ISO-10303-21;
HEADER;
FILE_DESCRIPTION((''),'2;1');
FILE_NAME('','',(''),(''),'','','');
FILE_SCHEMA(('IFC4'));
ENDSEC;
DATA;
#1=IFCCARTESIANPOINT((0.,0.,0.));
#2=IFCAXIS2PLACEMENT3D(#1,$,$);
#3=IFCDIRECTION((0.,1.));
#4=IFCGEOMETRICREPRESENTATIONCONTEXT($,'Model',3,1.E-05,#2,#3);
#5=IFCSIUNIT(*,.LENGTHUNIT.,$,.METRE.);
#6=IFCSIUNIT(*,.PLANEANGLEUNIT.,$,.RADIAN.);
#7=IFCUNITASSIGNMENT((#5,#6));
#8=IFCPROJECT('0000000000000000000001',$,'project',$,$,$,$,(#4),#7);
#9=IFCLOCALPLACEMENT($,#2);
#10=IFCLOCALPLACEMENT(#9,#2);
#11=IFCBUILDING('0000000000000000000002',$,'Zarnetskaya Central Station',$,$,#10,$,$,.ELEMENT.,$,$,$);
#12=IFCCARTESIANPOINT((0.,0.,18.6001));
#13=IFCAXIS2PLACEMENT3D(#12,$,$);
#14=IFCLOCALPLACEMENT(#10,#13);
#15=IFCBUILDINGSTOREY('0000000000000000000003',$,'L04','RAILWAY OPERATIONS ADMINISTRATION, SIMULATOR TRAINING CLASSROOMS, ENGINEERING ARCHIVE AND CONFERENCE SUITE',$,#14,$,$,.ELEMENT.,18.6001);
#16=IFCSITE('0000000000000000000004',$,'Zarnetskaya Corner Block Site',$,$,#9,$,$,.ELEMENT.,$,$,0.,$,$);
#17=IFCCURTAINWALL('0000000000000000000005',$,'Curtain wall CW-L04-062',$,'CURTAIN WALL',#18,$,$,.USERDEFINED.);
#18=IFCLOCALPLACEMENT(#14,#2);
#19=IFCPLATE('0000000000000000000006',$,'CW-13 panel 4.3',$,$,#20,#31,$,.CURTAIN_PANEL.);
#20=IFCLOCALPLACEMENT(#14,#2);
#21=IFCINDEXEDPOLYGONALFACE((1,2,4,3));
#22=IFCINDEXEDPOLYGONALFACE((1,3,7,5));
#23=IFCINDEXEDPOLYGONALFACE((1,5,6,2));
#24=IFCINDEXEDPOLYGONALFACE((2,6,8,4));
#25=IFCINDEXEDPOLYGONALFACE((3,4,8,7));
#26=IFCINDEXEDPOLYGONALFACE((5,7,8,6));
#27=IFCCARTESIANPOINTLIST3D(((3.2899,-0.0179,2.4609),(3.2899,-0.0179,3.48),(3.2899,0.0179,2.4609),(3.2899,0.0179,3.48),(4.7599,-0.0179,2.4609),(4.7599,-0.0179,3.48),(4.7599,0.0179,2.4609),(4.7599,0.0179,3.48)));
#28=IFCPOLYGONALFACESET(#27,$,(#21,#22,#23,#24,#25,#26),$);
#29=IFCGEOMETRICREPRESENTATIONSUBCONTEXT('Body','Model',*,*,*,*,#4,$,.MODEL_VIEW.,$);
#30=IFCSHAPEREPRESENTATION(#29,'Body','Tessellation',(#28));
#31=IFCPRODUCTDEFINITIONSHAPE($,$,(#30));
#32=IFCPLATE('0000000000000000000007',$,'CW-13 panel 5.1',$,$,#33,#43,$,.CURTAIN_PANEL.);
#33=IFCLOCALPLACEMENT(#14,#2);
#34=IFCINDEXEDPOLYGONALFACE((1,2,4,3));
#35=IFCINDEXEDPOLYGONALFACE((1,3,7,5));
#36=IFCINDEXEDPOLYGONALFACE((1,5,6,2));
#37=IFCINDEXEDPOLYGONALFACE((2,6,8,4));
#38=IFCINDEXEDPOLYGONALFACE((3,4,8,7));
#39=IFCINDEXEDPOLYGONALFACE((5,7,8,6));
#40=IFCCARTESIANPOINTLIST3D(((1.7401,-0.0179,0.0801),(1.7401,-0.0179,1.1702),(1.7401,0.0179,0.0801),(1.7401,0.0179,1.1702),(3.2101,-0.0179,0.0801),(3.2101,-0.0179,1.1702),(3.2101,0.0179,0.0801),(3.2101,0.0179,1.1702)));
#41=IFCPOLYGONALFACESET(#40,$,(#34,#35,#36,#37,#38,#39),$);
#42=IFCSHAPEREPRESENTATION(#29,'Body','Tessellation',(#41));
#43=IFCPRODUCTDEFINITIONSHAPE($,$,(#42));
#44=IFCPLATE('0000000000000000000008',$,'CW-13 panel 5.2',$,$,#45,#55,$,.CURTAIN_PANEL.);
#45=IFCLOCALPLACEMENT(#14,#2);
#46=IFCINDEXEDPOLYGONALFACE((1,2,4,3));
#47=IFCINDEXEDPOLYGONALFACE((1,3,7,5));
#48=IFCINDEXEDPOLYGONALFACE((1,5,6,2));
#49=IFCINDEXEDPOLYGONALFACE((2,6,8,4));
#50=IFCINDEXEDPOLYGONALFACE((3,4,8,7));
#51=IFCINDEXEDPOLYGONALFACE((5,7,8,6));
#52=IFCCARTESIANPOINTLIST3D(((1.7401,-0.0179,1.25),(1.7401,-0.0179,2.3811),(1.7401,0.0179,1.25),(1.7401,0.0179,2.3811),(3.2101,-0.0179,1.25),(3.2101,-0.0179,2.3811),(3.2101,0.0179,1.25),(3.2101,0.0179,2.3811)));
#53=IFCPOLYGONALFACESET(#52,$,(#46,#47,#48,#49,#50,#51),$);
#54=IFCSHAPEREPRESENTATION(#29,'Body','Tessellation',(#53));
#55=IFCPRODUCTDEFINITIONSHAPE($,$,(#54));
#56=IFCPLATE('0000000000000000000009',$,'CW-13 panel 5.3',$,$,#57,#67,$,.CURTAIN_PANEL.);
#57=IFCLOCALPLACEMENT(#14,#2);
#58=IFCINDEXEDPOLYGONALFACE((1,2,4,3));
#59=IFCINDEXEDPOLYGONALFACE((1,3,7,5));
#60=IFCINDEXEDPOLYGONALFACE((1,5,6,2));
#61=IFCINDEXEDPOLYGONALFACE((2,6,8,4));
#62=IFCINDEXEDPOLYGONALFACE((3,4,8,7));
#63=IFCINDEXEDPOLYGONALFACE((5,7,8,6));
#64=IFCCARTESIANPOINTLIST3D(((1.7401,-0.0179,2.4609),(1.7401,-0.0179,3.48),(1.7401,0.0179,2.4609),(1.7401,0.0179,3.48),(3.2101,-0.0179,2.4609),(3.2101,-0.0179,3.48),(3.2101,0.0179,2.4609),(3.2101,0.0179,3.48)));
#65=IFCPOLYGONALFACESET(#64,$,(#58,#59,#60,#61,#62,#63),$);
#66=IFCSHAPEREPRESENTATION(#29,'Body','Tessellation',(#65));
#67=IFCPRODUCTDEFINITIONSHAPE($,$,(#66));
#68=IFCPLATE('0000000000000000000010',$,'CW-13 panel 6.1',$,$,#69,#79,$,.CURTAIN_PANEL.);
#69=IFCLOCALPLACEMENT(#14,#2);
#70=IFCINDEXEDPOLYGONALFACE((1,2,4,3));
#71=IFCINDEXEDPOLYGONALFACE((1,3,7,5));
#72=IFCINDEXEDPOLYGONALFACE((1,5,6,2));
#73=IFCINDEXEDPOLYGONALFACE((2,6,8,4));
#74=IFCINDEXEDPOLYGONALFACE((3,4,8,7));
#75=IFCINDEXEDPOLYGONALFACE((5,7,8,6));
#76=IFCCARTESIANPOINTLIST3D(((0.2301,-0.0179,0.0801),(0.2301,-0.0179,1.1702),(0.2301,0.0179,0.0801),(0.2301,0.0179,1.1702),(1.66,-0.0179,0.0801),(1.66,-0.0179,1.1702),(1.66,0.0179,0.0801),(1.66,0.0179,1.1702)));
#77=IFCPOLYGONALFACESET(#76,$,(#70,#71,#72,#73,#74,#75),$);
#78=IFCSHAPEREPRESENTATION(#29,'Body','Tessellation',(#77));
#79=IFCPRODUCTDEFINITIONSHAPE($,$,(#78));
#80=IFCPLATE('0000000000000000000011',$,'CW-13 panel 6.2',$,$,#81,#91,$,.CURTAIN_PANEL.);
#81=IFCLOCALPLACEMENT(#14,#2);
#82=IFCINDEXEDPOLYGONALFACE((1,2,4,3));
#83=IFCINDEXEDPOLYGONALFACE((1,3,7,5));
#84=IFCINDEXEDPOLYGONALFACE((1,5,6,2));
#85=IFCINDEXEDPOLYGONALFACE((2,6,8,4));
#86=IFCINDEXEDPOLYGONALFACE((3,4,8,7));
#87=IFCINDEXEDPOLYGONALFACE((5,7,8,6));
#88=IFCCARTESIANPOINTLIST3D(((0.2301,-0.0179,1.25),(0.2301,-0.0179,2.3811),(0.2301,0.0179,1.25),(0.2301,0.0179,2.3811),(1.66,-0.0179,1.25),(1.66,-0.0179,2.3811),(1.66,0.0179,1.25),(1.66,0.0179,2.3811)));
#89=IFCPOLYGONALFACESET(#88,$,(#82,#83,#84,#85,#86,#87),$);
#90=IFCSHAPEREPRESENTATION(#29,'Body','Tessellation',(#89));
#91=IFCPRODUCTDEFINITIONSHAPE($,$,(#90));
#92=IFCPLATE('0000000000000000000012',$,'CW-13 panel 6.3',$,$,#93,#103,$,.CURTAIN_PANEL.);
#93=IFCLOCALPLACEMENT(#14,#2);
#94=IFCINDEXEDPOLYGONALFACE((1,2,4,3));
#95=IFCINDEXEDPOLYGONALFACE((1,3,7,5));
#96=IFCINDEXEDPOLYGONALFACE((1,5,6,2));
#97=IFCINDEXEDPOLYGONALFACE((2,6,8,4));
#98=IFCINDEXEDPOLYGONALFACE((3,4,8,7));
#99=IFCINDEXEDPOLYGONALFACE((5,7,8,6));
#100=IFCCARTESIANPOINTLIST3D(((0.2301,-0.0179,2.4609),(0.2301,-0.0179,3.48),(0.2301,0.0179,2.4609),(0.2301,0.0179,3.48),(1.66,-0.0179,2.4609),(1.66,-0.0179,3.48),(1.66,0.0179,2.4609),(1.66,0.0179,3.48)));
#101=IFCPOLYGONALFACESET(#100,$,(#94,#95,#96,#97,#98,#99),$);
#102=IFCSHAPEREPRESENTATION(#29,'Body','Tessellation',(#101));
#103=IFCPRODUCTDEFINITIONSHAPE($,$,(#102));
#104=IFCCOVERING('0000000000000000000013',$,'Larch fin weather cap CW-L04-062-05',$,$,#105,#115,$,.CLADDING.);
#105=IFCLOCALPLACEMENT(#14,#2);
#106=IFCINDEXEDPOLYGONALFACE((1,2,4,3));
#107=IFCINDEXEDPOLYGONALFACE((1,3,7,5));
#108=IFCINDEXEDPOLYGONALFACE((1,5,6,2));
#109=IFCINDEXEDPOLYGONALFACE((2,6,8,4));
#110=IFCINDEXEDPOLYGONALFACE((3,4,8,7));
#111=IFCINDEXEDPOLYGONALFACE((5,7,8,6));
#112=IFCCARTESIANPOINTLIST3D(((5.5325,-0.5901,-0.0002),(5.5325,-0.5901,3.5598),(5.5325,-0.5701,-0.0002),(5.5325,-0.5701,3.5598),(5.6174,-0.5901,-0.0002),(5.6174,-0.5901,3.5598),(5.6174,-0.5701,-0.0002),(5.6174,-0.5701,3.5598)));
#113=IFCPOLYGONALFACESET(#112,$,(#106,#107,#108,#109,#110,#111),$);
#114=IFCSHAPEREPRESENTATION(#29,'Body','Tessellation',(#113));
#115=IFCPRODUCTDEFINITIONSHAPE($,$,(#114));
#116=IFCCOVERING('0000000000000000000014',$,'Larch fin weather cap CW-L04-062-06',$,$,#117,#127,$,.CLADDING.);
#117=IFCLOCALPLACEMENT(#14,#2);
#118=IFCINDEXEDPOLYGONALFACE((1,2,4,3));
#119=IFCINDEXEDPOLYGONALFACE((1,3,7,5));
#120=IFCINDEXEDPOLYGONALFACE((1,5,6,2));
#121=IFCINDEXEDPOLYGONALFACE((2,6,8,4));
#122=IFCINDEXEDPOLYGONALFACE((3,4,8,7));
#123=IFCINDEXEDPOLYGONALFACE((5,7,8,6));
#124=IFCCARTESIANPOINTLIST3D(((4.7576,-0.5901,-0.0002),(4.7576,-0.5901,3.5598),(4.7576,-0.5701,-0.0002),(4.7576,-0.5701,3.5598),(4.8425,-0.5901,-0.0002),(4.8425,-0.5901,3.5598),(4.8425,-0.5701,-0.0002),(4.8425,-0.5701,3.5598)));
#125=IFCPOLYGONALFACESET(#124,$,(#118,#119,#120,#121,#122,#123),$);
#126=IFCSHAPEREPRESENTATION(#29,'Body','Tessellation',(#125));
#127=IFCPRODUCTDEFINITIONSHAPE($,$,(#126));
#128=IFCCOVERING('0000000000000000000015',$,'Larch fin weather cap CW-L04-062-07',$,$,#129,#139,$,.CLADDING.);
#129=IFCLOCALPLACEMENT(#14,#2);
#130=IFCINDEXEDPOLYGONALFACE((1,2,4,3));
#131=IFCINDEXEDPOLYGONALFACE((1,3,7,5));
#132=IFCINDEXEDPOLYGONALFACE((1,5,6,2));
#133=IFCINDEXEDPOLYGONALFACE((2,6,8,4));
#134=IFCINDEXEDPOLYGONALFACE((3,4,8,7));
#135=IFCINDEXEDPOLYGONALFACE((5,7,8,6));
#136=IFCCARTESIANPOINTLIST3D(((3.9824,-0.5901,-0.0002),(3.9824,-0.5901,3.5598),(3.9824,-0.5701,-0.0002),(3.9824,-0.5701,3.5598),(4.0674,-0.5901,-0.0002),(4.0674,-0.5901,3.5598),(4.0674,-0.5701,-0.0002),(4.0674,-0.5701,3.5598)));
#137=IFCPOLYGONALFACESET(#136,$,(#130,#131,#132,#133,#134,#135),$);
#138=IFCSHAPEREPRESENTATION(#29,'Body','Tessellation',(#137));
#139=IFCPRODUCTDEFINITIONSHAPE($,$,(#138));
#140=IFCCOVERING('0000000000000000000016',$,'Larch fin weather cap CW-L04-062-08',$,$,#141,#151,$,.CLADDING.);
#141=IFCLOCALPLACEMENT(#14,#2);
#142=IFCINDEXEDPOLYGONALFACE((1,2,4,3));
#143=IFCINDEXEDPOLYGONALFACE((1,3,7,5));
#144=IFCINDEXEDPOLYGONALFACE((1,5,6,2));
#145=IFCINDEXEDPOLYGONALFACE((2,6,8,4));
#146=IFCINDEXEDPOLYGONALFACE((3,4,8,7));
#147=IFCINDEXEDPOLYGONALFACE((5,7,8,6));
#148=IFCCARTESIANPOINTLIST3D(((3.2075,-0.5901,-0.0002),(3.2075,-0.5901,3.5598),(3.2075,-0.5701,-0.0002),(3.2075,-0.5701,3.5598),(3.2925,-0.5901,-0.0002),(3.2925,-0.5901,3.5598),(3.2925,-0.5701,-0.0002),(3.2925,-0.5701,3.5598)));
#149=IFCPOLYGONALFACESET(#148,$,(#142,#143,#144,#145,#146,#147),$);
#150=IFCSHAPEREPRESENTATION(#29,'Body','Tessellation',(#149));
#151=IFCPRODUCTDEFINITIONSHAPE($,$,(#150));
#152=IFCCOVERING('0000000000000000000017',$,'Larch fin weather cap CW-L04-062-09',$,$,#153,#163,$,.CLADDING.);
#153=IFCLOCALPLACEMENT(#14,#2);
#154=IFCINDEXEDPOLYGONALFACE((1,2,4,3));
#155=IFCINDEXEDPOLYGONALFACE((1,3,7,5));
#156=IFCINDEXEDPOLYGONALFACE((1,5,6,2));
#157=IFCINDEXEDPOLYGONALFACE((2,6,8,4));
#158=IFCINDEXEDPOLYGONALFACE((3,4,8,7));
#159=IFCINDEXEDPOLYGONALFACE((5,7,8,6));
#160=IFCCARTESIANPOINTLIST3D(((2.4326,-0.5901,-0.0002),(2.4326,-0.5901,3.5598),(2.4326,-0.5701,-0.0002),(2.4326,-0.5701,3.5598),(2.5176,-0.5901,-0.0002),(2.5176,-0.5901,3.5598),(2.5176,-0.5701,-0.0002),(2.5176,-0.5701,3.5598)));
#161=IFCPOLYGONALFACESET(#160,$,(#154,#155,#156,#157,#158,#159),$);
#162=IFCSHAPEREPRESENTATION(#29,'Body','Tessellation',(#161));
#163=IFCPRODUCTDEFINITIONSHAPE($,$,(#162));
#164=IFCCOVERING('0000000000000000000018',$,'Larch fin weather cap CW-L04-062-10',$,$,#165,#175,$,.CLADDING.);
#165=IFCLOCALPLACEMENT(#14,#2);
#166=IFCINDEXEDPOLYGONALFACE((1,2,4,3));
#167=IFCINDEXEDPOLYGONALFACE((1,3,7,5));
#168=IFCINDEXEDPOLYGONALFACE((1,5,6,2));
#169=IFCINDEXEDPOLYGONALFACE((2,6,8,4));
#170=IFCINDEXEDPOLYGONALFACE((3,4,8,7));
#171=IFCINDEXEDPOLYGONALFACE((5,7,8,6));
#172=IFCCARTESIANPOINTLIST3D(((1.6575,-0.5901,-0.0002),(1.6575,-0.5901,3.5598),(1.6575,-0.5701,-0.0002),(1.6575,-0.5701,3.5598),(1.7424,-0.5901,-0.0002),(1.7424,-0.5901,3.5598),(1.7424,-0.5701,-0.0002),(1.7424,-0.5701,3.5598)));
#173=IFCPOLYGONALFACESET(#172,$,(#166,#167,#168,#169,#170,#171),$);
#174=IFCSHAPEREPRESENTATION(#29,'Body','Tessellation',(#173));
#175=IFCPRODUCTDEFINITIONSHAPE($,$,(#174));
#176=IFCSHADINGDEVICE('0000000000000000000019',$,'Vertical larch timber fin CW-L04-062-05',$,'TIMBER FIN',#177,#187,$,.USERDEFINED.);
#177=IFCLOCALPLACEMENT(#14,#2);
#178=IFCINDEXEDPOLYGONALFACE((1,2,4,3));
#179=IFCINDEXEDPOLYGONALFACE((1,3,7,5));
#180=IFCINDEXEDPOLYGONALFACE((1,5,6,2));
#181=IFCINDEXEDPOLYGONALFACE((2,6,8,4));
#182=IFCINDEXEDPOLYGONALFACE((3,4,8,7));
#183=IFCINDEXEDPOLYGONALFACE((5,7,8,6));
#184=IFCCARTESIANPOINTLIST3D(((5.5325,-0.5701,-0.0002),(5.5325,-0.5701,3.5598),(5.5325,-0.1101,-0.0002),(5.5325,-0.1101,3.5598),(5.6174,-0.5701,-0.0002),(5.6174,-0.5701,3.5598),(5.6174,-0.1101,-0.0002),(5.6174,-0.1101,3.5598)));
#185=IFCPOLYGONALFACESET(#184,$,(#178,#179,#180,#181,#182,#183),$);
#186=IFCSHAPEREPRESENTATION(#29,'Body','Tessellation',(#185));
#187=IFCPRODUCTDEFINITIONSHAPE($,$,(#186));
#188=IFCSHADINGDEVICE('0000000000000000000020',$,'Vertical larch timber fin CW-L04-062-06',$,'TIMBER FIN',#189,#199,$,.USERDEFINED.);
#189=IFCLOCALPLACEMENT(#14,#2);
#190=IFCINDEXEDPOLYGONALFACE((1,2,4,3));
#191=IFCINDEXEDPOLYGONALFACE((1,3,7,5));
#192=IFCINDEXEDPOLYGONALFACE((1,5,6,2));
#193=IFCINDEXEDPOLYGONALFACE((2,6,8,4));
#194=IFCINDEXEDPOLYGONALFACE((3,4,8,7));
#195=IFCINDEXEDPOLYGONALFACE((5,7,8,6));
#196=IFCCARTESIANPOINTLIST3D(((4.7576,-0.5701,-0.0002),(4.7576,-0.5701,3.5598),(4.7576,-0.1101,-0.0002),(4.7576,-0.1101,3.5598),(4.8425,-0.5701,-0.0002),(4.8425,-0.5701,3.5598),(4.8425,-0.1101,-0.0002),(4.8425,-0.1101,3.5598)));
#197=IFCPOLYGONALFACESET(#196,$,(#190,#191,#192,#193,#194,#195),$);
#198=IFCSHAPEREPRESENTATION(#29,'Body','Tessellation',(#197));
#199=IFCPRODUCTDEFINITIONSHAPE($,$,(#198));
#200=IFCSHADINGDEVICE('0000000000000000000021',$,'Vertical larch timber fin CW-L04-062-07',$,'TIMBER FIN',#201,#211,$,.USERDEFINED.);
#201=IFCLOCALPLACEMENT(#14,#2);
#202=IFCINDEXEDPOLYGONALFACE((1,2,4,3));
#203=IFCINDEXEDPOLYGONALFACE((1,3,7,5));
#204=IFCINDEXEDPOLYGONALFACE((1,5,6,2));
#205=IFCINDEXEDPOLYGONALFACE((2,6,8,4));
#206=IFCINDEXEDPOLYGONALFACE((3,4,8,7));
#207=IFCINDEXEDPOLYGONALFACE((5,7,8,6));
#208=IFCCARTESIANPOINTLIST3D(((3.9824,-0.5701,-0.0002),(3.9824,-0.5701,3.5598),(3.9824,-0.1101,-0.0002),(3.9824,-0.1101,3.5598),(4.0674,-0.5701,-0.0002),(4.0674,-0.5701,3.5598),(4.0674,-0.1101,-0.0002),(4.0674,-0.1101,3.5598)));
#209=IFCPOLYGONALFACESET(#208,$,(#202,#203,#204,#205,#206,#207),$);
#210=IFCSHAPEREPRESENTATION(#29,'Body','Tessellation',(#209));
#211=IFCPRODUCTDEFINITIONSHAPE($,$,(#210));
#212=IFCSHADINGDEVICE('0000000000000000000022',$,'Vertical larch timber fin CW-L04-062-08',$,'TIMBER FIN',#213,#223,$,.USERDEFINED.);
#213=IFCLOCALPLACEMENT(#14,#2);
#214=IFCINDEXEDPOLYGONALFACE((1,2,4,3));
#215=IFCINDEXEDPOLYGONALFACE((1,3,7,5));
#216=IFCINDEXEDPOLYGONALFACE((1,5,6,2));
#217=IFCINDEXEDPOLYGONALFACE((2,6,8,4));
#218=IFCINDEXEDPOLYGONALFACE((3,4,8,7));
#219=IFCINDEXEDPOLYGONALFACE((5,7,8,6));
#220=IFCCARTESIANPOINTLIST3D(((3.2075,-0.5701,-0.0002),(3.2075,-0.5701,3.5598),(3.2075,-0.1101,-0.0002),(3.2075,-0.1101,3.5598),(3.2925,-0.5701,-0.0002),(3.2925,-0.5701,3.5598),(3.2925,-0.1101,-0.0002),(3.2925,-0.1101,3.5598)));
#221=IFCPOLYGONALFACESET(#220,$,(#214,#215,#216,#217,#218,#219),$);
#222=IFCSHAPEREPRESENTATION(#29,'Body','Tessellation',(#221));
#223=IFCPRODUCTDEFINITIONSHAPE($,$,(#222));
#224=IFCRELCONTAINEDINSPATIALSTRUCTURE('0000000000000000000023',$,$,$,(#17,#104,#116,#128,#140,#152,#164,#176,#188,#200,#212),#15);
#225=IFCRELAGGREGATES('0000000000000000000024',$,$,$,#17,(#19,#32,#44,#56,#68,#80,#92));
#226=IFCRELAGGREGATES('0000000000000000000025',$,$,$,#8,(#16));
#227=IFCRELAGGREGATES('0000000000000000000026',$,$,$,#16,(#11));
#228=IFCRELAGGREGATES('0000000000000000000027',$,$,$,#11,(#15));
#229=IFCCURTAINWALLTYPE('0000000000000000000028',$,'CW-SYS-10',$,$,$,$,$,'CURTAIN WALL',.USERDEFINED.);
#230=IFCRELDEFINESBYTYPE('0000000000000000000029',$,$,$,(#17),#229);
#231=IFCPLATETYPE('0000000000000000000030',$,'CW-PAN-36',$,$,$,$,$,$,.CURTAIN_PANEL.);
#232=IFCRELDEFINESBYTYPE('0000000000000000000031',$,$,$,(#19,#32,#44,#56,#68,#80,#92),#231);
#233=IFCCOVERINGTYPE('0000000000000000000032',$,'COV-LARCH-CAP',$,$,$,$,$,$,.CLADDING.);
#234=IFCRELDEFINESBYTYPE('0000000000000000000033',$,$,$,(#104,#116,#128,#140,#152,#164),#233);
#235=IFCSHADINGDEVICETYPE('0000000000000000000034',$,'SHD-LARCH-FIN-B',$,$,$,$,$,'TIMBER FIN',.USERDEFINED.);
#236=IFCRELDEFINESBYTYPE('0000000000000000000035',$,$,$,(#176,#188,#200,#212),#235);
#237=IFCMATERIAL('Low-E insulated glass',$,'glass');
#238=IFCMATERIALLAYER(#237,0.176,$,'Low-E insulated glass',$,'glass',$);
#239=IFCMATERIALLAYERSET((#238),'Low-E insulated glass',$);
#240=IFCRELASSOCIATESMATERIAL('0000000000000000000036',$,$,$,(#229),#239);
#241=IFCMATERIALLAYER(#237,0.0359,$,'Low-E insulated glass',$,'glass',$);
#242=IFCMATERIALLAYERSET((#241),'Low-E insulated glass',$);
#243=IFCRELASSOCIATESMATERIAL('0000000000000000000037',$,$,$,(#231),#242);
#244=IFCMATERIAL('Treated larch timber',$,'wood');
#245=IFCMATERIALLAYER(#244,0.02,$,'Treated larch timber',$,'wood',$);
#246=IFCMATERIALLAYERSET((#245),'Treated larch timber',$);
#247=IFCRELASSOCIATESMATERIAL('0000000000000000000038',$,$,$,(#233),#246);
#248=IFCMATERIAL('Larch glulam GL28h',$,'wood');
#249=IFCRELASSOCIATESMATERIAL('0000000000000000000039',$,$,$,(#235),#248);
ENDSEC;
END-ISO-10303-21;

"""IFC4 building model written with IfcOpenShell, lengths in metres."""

from ifc_helpers import new_model, si_unit, direction, frame, origin, origin_2d, place, context, subcontext, project, spatial, rectangle, extrude, material, layer, layer_set, type_object, element, aggregate, save


model = new_model("IFC4")

# Units and contexts
model_context = context("Model", 3, precision=1e-05, world=origin(), true_north=direction((0.0, 1.0)))
body_context = subcontext(model_context, "Body", "Model", "MODEL_VIEW")
ifc_project = project(units=[si_unit("LENGTHUNIT", "METRE"), si_unit("PLANEANGLEUNIT", "RADIAN")], contexts=[model_context])

# Site, building, storey
site_placement = place(None, origin())
site = spatial("IfcSite", under=ifc_project, at=site_placement, Name="Zarnetskaya Corner Block Site", CompositionType="ELEMENT", RefElevation=0.0)
building_placement = place(site_placement, origin())
building = spatial("IfcBuilding", under=site, at=building_placement, Name="Zarnetskaya Central Station", CompositionType="ELEMENT")
storey_placement = place(building_placement, frame((0.0, 0.0, 18.6001)))
storey = spatial("IfcBuildingStorey", under=building, at=storey_placement, Name="L04", Description="RAILWAY OPERATIONS ADMINISTRATION, SIMULATOR TRAINING CLASSROOMS, ENGINEERING ARCHIVE AND CONFERENCE SUITE", CompositionType="ELEMENT", Elevation=18.6001)

# Curtain wall, plates
ifc_material_1 = material(Name="Low-E insulated glass", Category="glass")
ifc_layer_1 = layer(ifc_material_1, 0.176, Name="Low-E insulated glass", Category="glass")
ifc_layer_set_1 = layer_set([ifc_layer_1], Name="Low-E insulated glass")
curtain_wall_type = type_object("IfcCurtainWallType", Name="CW-SYS-10", ElementType="CURTAIN WALL", PredefinedType="USERDEFINED", material=ifc_layer_set_1)
curtain_wall_placement = place(storey_placement, origin())
curtain_wall = element("IfcCurtainWall", 1, at=curtain_wall_placement, inside=storey, type_object=curtain_wall_type, Name="Curtain wall CW-L04-062", ObjectType="CURTAIN WALL", PredefinedType="USERDEFINED")
ifc_layer_2 = layer(ifc_material_1, 0.0359, Name="Low-E insulated glass", Category="glass")
ifc_layer_set_2 = layer_set([ifc_layer_2], Name="Low-E insulated glass")
plate_type = type_object("IfcPlateType", Name="CW-PAN-36", PredefinedType="CURTAIN_PANEL", material=ifc_layer_set_2)
plate_1_placement = place(storey_placement, frame((4.0249, 0.0, 2.4609), z_axis=(0.0, 0.0, 1.0), x_axis=(-1.0, 0.0, 0.0)))
plate_1 = element("IfcPlate", 2, at=plate_1_placement, type_object=plate_type, Name="CW-13 panel 4.3", PredefinedType="CURTAIN_PANEL", context=body_context, shape_type="SweptSolid", body=[
    extrude(rectangle(XDim=1.47, YDim=0.0359, at=origin_2d()), origin(), (0.0, 0.0, 1.0), 1.019),
])
plate_2_placement = place(storey_placement, frame((2.4751, 0.0, 0.0801), z_axis=(0.0, 0.0, 1.0), x_axis=(-1.0, 0.0, 0.0)))
plate_2 = element("IfcPlate", 3, at=plate_2_placement, type_object=plate_type, Name="CW-13 panel 5.1", PredefinedType="CURTAIN_PANEL", context=body_context, shape_type="SweptSolid", body=[
    extrude(rectangle(XDim=1.47, YDim=0.0359, at=origin_2d()), origin(), (0.0, 0.0, 1.0), 1.0901),
])
plate_3_placement = place(storey_placement, frame((2.4751, 0.0, 1.25), z_axis=(0.0, 0.0, 1.0), x_axis=(-1.0, 0.0, 0.0)))
plate_3 = element("IfcPlate", 4, at=plate_3_placement, type_object=plate_type, Name="CW-13 panel 5.2", PredefinedType="CURTAIN_PANEL", context=body_context, shape_type="SweptSolid", body=[
    extrude(rectangle(XDim=1.47, YDim=0.0359, at=origin_2d()), origin(), (0.0, 0.0, 1.0), 1.1311),
])
plate_4_placement = place(storey_placement, frame((2.4751, 0.0, 2.4609), z_axis=(0.0, 0.0, 1.0), x_axis=(-1.0, 0.0, 0.0)))
plate_4 = element("IfcPlate", 5, at=plate_4_placement, type_object=plate_type, Name="CW-13 panel 5.3", PredefinedType="CURTAIN_PANEL", context=body_context, shape_type="SweptSolid", body=[
    extrude(rectangle(XDim=1.47, YDim=0.0359, at=origin_2d()), origin(), (0.0, 0.0, 1.0), 1.019),
])
plate_5_placement = place(storey_placement, frame((0.9451, 0.0, 0.0801), z_axis=(0.0, 0.0, 1.0), x_axis=(-1.0, 0.0, 0.0)))
plate_5 = element("IfcPlate", 6, at=plate_5_placement, type_object=plate_type, Name="CW-13 panel 6.1", PredefinedType="CURTAIN_PANEL", context=body_context, shape_type="SweptSolid", body=[
    extrude(rectangle(XDim=1.4299, YDim=0.0359, at=origin_2d()), origin(), (0.0, 0.0, 1.0), 1.0901),
])
plate_6_placement = place(storey_placement, frame((0.9451, 0.0, 1.25), z_axis=(0.0, 0.0, 1.0), x_axis=(-1.0, 0.0, 0.0)))
plate_6 = element("IfcPlate", 7, at=plate_6_placement, type_object=plate_type, Name="CW-13 panel 6.2", PredefinedType="CURTAIN_PANEL", context=body_context, shape_type="SweptSolid", body=[
    extrude(rectangle(XDim=1.4299, YDim=0.0359, at=origin_2d()), origin(), (0.0, 0.0, 1.0), 1.1311),
])
plate_7_placement = place(storey_placement, frame((0.9451, 0.0, 2.4609), z_axis=(0.0, 0.0, 1.0), x_axis=(-1.0, 0.0, 0.0)))
plate_7 = element("IfcPlate", 8, at=plate_7_placement, type_object=plate_type, Name="CW-13 panel 6.3", PredefinedType="CURTAIN_PANEL", context=body_context, shape_type="SweptSolid", body=[
    extrude(rectangle(XDim=1.4299, YDim=0.0359, at=origin_2d()), origin(), (0.0, 0.0, 1.0), 1.019),
])
aggregate(curtain_wall, [plate_1, plate_2, plate_3, plate_4, plate_5, plate_6, plate_7])

# Coverings
ifc_material_2 = material(Name="Treated larch timber", Category="wood")
ifc_layer_3 = layer(ifc_material_2, 0.02, Name="Treated larch timber", Category="wood")
ifc_layer_set_3 = layer_set([ifc_layer_3], Name="Treated larch timber")
covering_type = type_object("IfcCoveringType", Name="COV-LARCH-CAP", PredefinedType="CLADDING", material=ifc_layer_set_3)
for number, where, z_axis, x_axis, name in (
    (9, (5.575, -0.5801, -0.0002), (0.0, 0.0, 1.0), (-1.0, 0.0, 0.0), "Larch fin weather cap CW-L04-062-05"),
    (10, (4.8, -0.5801, -0.0002), (0.0, 0.0, 1.0), (-1.0, 0.0, 0.0), "Larch fin weather cap CW-L04-062-06"),
    (11, (4.0249, -0.5801, -0.0002), (0.0, 0.0, 1.0), (-1.0, 0.0, 0.0), "Larch fin weather cap CW-L04-062-07"),
    (12, (3.25, -0.5801, -0.0002), (0.0, 0.0, 1.0), (-1.0, 0.0, 0.0), "Larch fin weather cap CW-L04-062-08"),
    (13, (2.4751, -0.5801, -0.0002), (0.0, 0.0, 1.0), (-1.0, 0.0, 0.0), "Larch fin weather cap CW-L04-062-09"),
    (14, (1.7, -0.5801, -0.0002), (0.0, 0.0, 1.0), (-1.0, 0.0, 0.0), "Larch fin weather cap CW-L04-062-10"),
):
    element("IfcCovering", number, at=place(storey_placement, frame(where, z_axis=z_axis, x_axis=x_axis)), inside=storey, type_object=covering_type, Name=name, PredefinedType="CLADDING", context=body_context, shape_type="SweptSolid", body=[
        extrude(rectangle(XDim=0.085, YDim=0.02, at=origin_2d()), origin(), (0.0, 0.0, 1.0), 3.5601),
    ])

# Shading devices
ifc_material_3 = material(Name="Larch glulam GL28h", Category="wood")
shading_device_type = type_object("IfcShadingDeviceType", Name="SHD-LARCH-FIN-B", ElementType="TIMBER FIN", PredefinedType="USERDEFINED", material=ifc_material_3)
for number, where, z_axis, x_axis, name in (
    (15, (5.575, -0.3401, -0.0002), (0.0, 0.0, 1.0), (-1.0, 0.0, 0.0), "Vertical larch timber fin CW-L04-062-05"),
    (16, (4.8, -0.3401, -0.0002), (0.0, 0.0, 1.0), (-1.0, 0.0, 0.0), "Vertical larch timber fin CW-L04-062-06"),
    (17, (4.0249, -0.3401, -0.0002), (0.0, 0.0, 1.0), (-1.0, 0.0, 0.0), "Vertical larch timber fin CW-L04-062-07"),
    (18, (3.25, -0.3401, -0.0002), (0.0, 0.0, 1.0), (-1.0, 0.0, 0.0), "Vertical larch timber fin CW-L04-062-08"),
):
    element("IfcShadingDevice", number, at=place(storey_placement, frame(where, z_axis=z_axis, x_axis=x_axis)), inside=storey, type_object=shading_device_type, Name=name, ObjectType="TIMBER FIN", PredefinedType="USERDEFINED", context=body_context, shape_type="SweptSolid", body=[
        extrude(rectangle(XDim=0.085, YDim=0.46, at=origin_2d()), origin(), (0.0, 0.0, 1.0), 3.5601),
    ])

save(model, "model.ifc")
